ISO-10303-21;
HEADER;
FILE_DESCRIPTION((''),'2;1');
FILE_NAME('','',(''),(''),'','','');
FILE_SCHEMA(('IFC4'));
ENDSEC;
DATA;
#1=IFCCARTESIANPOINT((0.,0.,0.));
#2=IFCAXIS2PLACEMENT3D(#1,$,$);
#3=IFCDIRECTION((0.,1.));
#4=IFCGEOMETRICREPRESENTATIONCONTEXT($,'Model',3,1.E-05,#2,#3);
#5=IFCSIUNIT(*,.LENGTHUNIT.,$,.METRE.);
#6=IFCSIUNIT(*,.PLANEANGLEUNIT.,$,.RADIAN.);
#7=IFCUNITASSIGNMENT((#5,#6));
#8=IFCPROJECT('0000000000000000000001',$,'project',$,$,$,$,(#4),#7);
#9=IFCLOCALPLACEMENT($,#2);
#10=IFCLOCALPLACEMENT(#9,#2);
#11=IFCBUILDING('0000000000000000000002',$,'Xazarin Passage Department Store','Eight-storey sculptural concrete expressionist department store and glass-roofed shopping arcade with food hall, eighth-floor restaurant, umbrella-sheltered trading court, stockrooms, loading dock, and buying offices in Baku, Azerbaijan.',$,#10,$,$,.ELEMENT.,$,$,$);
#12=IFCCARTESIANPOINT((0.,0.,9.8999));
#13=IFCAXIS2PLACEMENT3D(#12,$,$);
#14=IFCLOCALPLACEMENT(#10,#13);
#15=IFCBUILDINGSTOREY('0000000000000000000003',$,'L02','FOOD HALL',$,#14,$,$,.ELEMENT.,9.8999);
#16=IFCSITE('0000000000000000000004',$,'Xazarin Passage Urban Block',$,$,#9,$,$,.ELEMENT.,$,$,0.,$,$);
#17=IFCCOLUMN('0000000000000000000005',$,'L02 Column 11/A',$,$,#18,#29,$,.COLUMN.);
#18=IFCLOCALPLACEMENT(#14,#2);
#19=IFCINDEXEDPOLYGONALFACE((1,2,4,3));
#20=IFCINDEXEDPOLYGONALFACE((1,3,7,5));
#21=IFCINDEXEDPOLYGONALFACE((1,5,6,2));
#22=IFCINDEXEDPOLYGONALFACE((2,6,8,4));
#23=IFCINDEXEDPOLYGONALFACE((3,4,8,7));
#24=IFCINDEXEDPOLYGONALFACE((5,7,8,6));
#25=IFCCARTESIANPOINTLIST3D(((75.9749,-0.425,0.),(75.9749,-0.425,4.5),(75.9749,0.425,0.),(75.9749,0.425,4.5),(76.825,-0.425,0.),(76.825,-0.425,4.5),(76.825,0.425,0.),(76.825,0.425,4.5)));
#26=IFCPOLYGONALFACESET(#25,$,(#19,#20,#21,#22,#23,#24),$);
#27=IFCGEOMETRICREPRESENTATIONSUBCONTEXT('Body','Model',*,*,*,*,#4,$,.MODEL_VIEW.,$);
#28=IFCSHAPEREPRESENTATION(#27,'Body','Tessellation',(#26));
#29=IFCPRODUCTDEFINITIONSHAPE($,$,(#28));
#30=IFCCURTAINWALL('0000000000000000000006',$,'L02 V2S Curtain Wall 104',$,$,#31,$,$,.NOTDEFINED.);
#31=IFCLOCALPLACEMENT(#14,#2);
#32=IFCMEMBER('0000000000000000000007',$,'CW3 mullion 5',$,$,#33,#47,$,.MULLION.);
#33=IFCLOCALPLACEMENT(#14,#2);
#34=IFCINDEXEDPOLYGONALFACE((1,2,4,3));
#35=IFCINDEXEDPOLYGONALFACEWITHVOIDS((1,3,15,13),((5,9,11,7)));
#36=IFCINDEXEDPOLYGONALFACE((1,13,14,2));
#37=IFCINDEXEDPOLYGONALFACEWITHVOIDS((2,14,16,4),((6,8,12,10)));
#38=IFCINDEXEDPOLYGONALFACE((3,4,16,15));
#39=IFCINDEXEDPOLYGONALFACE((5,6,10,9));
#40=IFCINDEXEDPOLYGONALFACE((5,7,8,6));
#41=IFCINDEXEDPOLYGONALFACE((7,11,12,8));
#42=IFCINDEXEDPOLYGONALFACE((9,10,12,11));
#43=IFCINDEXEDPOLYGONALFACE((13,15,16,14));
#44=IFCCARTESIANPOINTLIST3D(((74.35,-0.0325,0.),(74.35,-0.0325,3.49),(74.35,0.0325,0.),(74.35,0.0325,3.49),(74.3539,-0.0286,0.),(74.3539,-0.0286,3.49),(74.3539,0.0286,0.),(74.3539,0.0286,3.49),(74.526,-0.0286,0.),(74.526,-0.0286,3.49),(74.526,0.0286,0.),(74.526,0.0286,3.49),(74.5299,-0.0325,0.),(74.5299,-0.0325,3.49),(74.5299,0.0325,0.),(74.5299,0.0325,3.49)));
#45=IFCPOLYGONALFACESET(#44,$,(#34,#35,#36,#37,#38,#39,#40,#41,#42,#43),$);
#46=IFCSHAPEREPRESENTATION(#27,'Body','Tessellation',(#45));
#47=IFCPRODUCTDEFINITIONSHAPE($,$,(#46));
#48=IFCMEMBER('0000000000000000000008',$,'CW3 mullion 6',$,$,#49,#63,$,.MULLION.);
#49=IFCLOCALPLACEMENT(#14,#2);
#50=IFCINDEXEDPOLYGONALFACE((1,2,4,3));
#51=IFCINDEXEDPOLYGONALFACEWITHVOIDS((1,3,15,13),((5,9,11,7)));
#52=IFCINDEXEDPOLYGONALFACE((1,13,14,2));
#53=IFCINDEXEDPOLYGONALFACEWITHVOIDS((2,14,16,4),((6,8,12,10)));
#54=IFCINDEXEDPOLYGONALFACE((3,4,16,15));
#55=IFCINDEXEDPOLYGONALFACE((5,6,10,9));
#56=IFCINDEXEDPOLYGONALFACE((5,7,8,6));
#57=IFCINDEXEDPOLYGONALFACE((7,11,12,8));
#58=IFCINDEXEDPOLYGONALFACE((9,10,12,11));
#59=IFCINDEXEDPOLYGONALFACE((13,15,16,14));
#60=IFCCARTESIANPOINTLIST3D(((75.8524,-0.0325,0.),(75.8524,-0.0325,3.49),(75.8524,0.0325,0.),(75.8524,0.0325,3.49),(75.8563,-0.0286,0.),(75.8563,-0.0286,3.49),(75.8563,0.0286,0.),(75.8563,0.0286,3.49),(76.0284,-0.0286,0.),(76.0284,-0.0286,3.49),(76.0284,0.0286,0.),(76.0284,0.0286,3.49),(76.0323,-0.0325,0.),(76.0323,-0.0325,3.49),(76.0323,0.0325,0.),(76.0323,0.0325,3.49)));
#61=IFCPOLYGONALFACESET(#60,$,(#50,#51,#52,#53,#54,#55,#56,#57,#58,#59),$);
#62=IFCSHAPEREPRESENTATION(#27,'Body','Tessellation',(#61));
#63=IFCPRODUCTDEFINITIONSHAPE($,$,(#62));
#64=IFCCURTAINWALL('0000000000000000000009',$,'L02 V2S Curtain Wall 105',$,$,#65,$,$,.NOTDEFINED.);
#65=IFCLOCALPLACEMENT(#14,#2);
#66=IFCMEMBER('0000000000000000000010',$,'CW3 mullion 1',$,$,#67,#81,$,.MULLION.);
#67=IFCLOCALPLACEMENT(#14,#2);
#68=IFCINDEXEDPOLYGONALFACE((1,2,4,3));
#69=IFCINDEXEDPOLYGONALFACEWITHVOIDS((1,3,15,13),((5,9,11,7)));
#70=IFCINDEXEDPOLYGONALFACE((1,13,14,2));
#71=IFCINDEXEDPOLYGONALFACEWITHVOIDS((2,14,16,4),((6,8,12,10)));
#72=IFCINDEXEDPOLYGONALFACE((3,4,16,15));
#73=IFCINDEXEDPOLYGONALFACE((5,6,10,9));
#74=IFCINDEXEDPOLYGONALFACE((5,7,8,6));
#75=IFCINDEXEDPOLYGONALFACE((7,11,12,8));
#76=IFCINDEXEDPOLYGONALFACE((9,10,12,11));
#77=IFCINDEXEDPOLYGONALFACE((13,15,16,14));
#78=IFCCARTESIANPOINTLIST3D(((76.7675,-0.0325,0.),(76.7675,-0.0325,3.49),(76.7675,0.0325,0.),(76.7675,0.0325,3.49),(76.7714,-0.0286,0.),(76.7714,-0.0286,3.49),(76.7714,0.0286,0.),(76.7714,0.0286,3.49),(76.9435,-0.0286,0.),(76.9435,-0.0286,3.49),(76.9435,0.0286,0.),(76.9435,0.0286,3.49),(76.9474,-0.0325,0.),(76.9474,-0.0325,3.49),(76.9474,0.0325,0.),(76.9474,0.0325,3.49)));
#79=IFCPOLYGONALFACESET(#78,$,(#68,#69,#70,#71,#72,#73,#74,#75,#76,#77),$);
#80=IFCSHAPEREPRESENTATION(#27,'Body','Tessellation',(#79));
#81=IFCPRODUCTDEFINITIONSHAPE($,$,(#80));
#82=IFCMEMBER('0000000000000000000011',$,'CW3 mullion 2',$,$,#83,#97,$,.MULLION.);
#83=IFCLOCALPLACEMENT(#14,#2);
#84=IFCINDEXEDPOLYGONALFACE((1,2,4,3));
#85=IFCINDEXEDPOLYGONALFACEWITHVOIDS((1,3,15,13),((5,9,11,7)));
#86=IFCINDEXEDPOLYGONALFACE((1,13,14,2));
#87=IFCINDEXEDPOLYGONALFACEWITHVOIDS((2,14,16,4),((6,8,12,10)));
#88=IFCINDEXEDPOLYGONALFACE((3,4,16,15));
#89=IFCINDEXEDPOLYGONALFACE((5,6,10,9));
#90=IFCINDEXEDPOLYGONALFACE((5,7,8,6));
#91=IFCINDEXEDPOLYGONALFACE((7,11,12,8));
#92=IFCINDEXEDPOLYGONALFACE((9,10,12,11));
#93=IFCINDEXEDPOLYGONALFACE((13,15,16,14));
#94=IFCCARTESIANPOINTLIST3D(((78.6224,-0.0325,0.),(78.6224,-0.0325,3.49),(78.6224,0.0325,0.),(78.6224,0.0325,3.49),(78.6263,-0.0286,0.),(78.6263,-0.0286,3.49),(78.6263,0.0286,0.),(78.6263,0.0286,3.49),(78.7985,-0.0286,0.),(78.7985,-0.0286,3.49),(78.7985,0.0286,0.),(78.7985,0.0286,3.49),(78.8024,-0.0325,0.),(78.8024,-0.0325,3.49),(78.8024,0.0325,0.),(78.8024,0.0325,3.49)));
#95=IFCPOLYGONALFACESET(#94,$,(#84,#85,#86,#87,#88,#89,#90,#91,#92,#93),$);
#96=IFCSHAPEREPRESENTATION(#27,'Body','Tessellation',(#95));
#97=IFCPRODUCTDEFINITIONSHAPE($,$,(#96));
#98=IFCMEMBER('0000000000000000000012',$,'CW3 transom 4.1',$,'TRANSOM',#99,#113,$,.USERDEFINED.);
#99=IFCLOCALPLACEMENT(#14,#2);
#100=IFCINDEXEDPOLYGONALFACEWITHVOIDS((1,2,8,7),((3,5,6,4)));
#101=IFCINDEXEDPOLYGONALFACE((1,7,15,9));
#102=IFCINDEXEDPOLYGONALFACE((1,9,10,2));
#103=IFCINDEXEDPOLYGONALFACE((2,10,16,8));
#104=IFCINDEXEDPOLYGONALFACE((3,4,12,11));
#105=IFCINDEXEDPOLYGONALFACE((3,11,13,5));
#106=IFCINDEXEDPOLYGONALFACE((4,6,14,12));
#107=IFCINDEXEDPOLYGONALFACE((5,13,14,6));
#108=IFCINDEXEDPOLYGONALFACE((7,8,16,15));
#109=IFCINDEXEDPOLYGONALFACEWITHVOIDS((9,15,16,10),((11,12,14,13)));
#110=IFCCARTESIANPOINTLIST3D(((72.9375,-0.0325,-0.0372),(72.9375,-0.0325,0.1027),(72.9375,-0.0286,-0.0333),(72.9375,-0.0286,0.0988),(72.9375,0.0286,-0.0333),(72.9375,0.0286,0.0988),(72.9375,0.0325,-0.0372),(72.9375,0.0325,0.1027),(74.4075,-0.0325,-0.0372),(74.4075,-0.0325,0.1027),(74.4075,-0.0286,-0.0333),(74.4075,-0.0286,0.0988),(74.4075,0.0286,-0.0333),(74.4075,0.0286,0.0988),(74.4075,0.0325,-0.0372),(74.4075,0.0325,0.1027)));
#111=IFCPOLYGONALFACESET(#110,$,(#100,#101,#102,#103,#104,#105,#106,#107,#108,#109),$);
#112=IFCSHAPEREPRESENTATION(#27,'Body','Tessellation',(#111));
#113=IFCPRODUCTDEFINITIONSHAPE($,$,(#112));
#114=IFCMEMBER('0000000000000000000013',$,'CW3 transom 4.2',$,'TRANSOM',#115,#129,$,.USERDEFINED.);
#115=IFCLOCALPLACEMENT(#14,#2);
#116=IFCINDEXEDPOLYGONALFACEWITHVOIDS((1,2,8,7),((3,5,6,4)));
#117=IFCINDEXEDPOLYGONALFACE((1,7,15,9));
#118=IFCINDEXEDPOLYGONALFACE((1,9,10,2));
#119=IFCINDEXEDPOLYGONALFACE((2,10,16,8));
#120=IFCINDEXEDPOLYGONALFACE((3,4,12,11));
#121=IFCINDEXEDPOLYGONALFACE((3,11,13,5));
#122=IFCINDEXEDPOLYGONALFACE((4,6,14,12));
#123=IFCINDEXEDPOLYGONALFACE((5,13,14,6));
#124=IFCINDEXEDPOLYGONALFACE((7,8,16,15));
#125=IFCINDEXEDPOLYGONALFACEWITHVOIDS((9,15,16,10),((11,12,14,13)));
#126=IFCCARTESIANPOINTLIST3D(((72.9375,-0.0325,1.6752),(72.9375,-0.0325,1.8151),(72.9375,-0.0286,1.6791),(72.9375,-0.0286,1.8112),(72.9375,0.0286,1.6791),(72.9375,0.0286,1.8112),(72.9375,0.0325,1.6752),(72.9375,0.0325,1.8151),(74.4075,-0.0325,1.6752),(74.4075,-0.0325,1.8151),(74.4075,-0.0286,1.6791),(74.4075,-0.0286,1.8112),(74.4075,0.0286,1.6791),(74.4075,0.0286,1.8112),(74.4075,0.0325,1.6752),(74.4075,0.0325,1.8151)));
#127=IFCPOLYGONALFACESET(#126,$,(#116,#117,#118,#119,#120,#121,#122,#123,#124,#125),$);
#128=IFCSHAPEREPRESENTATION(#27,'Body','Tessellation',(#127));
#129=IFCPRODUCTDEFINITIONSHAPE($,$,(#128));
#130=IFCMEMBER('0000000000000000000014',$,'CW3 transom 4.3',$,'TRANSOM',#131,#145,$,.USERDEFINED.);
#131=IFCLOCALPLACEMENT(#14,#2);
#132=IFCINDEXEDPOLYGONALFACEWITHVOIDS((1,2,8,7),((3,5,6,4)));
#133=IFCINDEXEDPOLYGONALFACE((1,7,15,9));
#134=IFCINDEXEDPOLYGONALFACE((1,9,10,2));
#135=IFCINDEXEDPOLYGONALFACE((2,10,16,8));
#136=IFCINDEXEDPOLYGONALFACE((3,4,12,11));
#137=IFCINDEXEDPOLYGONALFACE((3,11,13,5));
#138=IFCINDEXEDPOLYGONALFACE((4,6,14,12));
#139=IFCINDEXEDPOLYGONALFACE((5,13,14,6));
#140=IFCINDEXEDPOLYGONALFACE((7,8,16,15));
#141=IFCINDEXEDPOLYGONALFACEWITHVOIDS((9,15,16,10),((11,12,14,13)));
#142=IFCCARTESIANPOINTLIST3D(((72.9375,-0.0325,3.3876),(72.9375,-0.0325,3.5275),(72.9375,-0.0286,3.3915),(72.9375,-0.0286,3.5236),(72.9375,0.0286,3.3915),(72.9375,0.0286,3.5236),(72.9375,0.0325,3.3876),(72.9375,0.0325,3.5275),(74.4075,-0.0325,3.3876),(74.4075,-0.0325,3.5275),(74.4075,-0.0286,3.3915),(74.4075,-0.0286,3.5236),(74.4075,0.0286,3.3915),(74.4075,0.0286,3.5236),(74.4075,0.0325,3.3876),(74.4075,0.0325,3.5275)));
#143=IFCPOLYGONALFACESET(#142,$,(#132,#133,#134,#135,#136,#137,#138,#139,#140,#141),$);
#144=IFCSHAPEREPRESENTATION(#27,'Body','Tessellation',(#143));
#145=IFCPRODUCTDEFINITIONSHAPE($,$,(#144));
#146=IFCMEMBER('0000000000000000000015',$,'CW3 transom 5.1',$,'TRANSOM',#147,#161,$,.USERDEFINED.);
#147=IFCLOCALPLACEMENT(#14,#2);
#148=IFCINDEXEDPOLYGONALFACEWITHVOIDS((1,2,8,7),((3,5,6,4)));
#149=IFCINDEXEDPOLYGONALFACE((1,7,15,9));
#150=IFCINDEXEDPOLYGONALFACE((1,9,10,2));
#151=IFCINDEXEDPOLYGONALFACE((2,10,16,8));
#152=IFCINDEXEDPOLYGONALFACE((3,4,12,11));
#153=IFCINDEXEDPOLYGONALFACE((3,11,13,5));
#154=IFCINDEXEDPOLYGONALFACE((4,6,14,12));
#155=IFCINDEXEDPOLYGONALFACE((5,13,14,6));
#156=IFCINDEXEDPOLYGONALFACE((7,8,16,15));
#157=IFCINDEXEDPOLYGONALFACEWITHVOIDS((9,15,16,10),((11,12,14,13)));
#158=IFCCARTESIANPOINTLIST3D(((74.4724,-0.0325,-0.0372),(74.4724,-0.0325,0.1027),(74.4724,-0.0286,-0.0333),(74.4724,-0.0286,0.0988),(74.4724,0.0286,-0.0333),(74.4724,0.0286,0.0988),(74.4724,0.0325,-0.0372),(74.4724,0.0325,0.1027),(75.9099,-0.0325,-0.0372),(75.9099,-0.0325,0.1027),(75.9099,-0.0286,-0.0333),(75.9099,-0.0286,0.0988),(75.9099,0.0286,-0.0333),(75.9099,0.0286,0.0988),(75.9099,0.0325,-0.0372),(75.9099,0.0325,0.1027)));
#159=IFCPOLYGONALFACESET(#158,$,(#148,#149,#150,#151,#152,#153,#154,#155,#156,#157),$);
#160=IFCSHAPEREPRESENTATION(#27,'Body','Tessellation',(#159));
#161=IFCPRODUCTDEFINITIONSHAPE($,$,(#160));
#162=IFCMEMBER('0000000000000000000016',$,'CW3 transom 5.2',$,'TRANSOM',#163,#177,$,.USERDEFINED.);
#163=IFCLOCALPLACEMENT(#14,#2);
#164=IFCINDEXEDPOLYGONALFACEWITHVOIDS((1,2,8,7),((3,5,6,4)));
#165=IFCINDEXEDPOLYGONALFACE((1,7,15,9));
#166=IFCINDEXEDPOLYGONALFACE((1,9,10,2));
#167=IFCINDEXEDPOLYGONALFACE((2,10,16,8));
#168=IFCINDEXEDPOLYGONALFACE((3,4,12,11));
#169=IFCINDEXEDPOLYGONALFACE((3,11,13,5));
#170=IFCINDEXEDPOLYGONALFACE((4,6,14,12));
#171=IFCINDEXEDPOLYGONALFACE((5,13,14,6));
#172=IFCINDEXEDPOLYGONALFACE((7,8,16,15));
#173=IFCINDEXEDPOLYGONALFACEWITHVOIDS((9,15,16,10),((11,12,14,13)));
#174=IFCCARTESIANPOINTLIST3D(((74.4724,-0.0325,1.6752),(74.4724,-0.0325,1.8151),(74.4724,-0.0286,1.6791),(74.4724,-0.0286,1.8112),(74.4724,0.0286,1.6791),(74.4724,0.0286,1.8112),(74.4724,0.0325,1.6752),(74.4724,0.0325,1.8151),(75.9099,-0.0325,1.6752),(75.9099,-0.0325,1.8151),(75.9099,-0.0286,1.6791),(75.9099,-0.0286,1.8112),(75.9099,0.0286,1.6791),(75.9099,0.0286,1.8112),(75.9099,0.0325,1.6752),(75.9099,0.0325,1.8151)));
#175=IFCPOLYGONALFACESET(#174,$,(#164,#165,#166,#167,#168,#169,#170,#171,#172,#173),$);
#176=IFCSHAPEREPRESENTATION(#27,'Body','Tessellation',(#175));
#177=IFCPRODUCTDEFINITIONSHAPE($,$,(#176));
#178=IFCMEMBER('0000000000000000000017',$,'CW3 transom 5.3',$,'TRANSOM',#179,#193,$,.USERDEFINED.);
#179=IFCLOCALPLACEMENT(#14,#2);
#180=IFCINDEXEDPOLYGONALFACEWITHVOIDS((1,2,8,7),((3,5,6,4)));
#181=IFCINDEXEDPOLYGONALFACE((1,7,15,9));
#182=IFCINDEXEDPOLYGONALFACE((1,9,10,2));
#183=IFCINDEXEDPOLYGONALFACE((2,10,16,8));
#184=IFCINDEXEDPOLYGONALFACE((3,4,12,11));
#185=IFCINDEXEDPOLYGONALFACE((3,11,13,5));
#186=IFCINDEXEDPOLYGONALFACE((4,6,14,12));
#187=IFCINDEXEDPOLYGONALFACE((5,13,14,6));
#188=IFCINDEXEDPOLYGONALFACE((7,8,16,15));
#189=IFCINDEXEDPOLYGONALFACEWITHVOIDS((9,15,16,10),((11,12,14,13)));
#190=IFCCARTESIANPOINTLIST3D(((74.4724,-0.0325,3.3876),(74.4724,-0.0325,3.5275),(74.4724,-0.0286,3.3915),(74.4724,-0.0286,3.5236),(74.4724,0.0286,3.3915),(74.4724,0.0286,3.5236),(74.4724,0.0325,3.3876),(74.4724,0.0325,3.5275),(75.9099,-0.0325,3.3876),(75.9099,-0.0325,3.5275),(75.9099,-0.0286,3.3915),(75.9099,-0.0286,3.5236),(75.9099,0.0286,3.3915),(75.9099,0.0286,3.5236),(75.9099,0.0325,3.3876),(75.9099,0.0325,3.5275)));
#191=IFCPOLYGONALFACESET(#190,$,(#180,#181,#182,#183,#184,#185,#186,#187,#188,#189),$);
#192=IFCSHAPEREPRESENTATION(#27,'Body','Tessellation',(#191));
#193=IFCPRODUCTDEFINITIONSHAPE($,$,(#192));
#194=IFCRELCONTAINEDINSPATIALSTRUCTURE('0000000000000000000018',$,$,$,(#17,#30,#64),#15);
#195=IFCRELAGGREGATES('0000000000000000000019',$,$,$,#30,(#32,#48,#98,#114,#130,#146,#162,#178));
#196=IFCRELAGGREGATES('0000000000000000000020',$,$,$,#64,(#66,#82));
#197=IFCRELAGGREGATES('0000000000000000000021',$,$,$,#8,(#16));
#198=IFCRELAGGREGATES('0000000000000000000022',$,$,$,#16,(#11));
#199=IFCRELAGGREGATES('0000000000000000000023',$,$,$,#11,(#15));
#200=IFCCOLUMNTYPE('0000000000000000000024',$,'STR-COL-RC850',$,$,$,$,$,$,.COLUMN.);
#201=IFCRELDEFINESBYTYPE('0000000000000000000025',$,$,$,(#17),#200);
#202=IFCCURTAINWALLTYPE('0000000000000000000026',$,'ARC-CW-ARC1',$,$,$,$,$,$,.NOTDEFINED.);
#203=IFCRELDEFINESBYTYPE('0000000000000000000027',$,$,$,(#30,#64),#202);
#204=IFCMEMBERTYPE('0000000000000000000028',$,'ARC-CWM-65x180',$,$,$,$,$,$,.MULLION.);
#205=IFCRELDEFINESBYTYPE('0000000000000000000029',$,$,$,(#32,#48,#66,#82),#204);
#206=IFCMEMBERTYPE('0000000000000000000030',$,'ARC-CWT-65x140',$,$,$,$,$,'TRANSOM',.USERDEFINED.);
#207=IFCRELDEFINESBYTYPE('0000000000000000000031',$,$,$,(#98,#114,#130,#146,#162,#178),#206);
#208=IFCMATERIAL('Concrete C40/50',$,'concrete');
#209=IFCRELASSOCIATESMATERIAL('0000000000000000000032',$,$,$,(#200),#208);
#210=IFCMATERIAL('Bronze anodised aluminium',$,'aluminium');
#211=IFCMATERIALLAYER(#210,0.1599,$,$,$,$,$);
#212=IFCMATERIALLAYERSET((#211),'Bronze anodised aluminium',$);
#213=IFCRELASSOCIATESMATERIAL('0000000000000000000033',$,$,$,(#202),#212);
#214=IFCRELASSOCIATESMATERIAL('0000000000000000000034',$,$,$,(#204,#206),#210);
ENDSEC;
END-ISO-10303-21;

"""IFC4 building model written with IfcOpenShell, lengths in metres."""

from ifc_helpers import new_model, si_unit, direction, frame, origin, origin_2d, place, context, subcontext, project, spatial, rectangle, hollow_rectangle, extrude, material, layer, layer_set, material_profile, profile_set, type_object, element, aggregate, save


model = new_model("IFC4")

# Units and contexts
model_context = context("Model", 3, precision=1e-05, world=origin(), true_north=direction((0.0, 1.0)))
body_context = subcontext(model_context, "Body", "Model", "MODEL_VIEW")
ifc_project = project(units=[si_unit("LENGTHUNIT", "METRE"), si_unit("PLANEANGLEUNIT", "RADIAN")], contexts=[model_context])

# Site, building, storey
site_placement = place(None, origin())
site = spatial("IfcSite", under=ifc_project, at=site_placement, Name="Xazarin Passage Urban Block", CompositionType="ELEMENT", RefElevation=0.0)
building_placement = place(site_placement, origin())
building = spatial("IfcBuilding", under=site, at=building_placement, Name="Xazarin Passage Department Store", Description="Eight-storey sculptural concrete expressionist department store and glass-roofed shopping arcade with food hall, eighth-floor restaurant, umbrella-sheltered trading court, stockrooms, loading dock, and buying offices in Baku, Azerbaijan.", CompositionType="ELEMENT")
storey_placement = place(building_placement, frame((0.0, 0.0, 9.8999)))
storey = spatial("IfcBuildingStorey", under=building, at=storey_placement, Name="L02", Description="FOOD HALL", CompositionType="ELEMENT", Elevation=9.8999)

# Column
ifc_material_1 = material(Name="Concrete C40/50", Category="concrete")
ifc_material_profile_1 = material_profile(ifc_material_1, rectangle(XDim=0.8501, YDim=0.8501, at=origin_2d()), Name="RC 850x850")
ifc_profile_set_1 = profile_set([ifc_material_profile_1], Name="Concrete C40/50")
column_type = type_object("IfcColumnType", Name="STR-COL-RC850", PredefinedType="COLUMN", material=ifc_profile_set_1)
column_placement = place(storey_placement, frame((76.3999, 0.0, 0.0), z_axis=(0.0, 0.0, 1.0), x_axis=(1.0, 0.0, 0.0)))
element("IfcColumn", 1, at=column_placement, inside=storey, type_object=column_type, Name="L02 Column 11/A", PredefinedType="COLUMN", context=body_context, shape_type="SweptSolid", body=[
    extrude(rectangle(XDim=0.8501, YDim=0.8501, at=origin_2d()), origin(), (0.0, 0.0, 1.0), 4.5),
])

# Curtain walls, members
ifc_material_2 = material(Name="Bronze anodised aluminium", Category="aluminium")
ifc_layer_1 = layer(ifc_material_2, 0.1599)
ifc_layer_set_1 = layer_set([ifc_layer_1], Name="Bronze anodised aluminium")
curtain_wall_type = type_object("IfcCurtainWallType", Name="ARC-CW-ARC1", PredefinedType="NOTDEFINED", material=ifc_layer_set_1)
curtain_wall_1_placement = place(storey_placement, origin())
curtain_wall_1 = element("IfcCurtainWall", 2, at=curtain_wall_1_placement, inside=storey, type_object=curtain_wall_type, Name="L02 V2S Curtain Wall 104", PredefinedType="NOTDEFINED")
ifc_material_profile_2 = material_profile(ifc_material_2, hollow_rectangle(XDim=0.0649, YDim=0.1799, WallThickness=0.0039, at=origin_2d()), Name="ALU 65x180")
ifc_profile_set_2 = profile_set([ifc_material_profile_2], Name="Bronze anodised aluminium")
member_type_1 = type_object("IfcMemberType", Name="ARC-CWM-65x180", PredefinedType="MULLION", material=ifc_profile_set_2)
member_1_placement = place(storey_placement, frame((74.4399, 0.0, 0.0), z_axis=(0.0, 0.0, 1.0), x_axis=(0.0, 1.0, 0.0)))
member_1 = element("IfcMember", 3, at=member_1_placement, type_object=member_type_1, Name="CW3 mullion 5", PredefinedType="MULLION", context=body_context, shape_type="SweptSolid", body=[
    extrude(hollow_rectangle(XDim=0.0649, YDim=0.1799, WallThickness=0.0039, at=origin_2d()), origin(), (0.0, 0.0, 1.0), 3.49),
])
member_2_placement = place(storey_placement, frame((75.9424, 0.0, 0.0), z_axis=(0.0, 0.0, 1.0), x_axis=(0.0, 1.0, 0.0)))
member_2 = element("IfcMember", 4, at=member_2_placement, type_object=member_type_1, Name="CW3 mullion 6", PredefinedType="MULLION", context=body_context, shape_type="SweptSolid", body=[
    extrude(hollow_rectangle(XDim=0.0649, YDim=0.1799, WallThickness=0.0039, at=origin_2d()), origin(), (0.0, 0.0, 1.0), 3.49),
])
curtain_wall_2_placement = place(storey_placement, origin())
curtain_wall_2 = element("IfcCurtainWall", 5, at=curtain_wall_2_placement, inside=storey, type_object=curtain_wall_type, Name="L02 V2S Curtain Wall 105", PredefinedType="NOTDEFINED")
member_3_placement = place(storey_placement, frame((76.8574, 0.0, 0.0), z_axis=(0.0, 0.0, 1.0), x_axis=(0.0, 1.0, 0.0)))
member_3 = element("IfcMember", 6, at=member_3_placement, type_object=member_type_1, Name="CW3 mullion 1", PredefinedType="MULLION", context=body_context, shape_type="SweptSolid", body=[
    extrude(hollow_rectangle(XDim=0.0649, YDim=0.1799, WallThickness=0.0039, at=origin_2d()), origin(), (0.0, 0.0, 1.0), 3.49),
])
member_4_placement = place(storey_placement, frame((78.7124, 0.0, 0.0), z_axis=(0.0, 0.0, 1.0), x_axis=(0.0, 1.0, 0.0)))
member_4 = element("IfcMember", 7, at=member_4_placement, type_object=member_type_1, Name="CW3 mullion 2", PredefinedType="MULLION", context=body_context, shape_type="SweptSolid", body=[
    extrude(hollow_rectangle(XDim=0.0649, YDim=0.1799, WallThickness=0.0039, at=origin_2d()), origin(), (0.0, 0.0, 1.0), 3.49),
])

# Members
ifc_material_profile_3 = material_profile(ifc_material_2, hollow_rectangle(XDim=0.0649, YDim=0.1399, WallThickness=0.0039, at=origin_2d()), Name="ALU 65x140")
ifc_profile_set_3 = profile_set([ifc_material_profile_3], Name="Bronze anodised aluminium")
member_type_2 = type_object("IfcMemberType", Name="ARC-CWT-65x140", ElementType="TRANSOM", PredefinedType="USERDEFINED", material=ifc_profile_set_3)
member_5_placement = place(storey_placement, frame((72.9375, 0.0, 0.0327), z_axis=(1.0, 0.0, 0.0), x_axis=(0.0, 1.0, 0.0)))
member_5 = element("IfcMember", 8, at=member_5_placement, type_object=member_type_2, Name="CW3 transom 4.1", ObjectType="TRANSOM", PredefinedType="USERDEFINED", context=body_context, shape_type="SweptSolid", body=[
    extrude(hollow_rectangle(XDim=0.0649, YDim=0.1399, WallThickness=0.0039, at=origin_2d()), origin(), (0.0, 0.0, 1.0), 1.47),
])
member_6_placement = place(storey_placement, frame((72.9375, 0.0, 1.7451), z_axis=(1.0, 0.0, 0.0), x_axis=(0.0, 1.0, 0.0)))
member_6 = element("IfcMember", 9, at=member_6_placement, type_object=member_type_2, Name="CW3 transom 4.2", ObjectType="TRANSOM", PredefinedType="USERDEFINED", context=body_context, shape_type="SweptSolid", body=[
    extrude(hollow_rectangle(XDim=0.0649, YDim=0.1399, WallThickness=0.0039, at=origin_2d()), origin(), (0.0, 0.0, 1.0), 1.47),
])
member_7_placement = place(storey_placement, frame((72.9375, 0.0, 3.4575), z_axis=(1.0, 0.0, 0.0), x_axis=(0.0, 1.0, 0.0)))
member_7 = element("IfcMember", 10, at=member_7_placement, type_object=member_type_2, Name="CW3 transom 4.3", ObjectType="TRANSOM", PredefinedType="USERDEFINED", context=body_context, shape_type="SweptSolid", body=[
    extrude(hollow_rectangle(XDim=0.0649, YDim=0.1399, WallThickness=0.0039, at=origin_2d()), origin(), (0.0, 0.0, 1.0), 1.47),
])
member_8_placement = place(storey_placement, frame((74.4724, 0.0, 0.0327), z_axis=(1.0, 0.0, 0.0), x_axis=(0.0, 1.0, 0.0)))
member_8 = element("IfcMember", 11, at=member_8_placement, type_object=member_type_2, Name="CW3 transom 5.1", ObjectType="TRANSOM", PredefinedType="USERDEFINED", context=body_context, shape_type="SweptSolid", body=[
    extrude(hollow_rectangle(XDim=0.0649, YDim=0.1399, WallThickness=0.0039, at=origin_2d()), origin(), (0.0, 0.0, 1.0), 1.4375),
])
member_9_placement = place(storey_placement, frame((74.4724, 0.0, 1.7451), z_axis=(1.0, 0.0, 0.0), x_axis=(0.0, 1.0, 0.0)))
member_9 = element("IfcMember", 12, at=member_9_placement, type_object=member_type_2, Name="CW3 transom 5.2", ObjectType="TRANSOM", PredefinedType="USERDEFINED", context=body_context, shape_type="SweptSolid", body=[
    extrude(hollow_rectangle(XDim=0.0649, YDim=0.1399, WallThickness=0.0039, at=origin_2d()), origin(), (0.0, 0.0, 1.0), 1.4375),
])
member_10_placement = place(storey_placement, frame((74.4724, 0.0, 3.4575), z_axis=(1.0, 0.0, 0.0), x_axis=(0.0, 1.0, 0.0)))
member_10 = element("IfcMember", 13, at=member_10_placement, type_object=member_type_2, Name="CW3 transom 5.3", ObjectType="TRANSOM", PredefinedType="USERDEFINED", context=body_context, shape_type="SweptSolid", body=[
    extrude(hollow_rectangle(XDim=0.0649, YDim=0.1399, WallThickness=0.0039, at=origin_2d()), origin(), (0.0, 0.0, 1.0), 1.4375),
])

aggregate(curtain_wall_1, [member_1, member_2, member_5, member_6, member_7, member_8, member_9, member_10])
aggregate(curtain_wall_2, [member_3, member_4])

save(model, "model.ifc")
